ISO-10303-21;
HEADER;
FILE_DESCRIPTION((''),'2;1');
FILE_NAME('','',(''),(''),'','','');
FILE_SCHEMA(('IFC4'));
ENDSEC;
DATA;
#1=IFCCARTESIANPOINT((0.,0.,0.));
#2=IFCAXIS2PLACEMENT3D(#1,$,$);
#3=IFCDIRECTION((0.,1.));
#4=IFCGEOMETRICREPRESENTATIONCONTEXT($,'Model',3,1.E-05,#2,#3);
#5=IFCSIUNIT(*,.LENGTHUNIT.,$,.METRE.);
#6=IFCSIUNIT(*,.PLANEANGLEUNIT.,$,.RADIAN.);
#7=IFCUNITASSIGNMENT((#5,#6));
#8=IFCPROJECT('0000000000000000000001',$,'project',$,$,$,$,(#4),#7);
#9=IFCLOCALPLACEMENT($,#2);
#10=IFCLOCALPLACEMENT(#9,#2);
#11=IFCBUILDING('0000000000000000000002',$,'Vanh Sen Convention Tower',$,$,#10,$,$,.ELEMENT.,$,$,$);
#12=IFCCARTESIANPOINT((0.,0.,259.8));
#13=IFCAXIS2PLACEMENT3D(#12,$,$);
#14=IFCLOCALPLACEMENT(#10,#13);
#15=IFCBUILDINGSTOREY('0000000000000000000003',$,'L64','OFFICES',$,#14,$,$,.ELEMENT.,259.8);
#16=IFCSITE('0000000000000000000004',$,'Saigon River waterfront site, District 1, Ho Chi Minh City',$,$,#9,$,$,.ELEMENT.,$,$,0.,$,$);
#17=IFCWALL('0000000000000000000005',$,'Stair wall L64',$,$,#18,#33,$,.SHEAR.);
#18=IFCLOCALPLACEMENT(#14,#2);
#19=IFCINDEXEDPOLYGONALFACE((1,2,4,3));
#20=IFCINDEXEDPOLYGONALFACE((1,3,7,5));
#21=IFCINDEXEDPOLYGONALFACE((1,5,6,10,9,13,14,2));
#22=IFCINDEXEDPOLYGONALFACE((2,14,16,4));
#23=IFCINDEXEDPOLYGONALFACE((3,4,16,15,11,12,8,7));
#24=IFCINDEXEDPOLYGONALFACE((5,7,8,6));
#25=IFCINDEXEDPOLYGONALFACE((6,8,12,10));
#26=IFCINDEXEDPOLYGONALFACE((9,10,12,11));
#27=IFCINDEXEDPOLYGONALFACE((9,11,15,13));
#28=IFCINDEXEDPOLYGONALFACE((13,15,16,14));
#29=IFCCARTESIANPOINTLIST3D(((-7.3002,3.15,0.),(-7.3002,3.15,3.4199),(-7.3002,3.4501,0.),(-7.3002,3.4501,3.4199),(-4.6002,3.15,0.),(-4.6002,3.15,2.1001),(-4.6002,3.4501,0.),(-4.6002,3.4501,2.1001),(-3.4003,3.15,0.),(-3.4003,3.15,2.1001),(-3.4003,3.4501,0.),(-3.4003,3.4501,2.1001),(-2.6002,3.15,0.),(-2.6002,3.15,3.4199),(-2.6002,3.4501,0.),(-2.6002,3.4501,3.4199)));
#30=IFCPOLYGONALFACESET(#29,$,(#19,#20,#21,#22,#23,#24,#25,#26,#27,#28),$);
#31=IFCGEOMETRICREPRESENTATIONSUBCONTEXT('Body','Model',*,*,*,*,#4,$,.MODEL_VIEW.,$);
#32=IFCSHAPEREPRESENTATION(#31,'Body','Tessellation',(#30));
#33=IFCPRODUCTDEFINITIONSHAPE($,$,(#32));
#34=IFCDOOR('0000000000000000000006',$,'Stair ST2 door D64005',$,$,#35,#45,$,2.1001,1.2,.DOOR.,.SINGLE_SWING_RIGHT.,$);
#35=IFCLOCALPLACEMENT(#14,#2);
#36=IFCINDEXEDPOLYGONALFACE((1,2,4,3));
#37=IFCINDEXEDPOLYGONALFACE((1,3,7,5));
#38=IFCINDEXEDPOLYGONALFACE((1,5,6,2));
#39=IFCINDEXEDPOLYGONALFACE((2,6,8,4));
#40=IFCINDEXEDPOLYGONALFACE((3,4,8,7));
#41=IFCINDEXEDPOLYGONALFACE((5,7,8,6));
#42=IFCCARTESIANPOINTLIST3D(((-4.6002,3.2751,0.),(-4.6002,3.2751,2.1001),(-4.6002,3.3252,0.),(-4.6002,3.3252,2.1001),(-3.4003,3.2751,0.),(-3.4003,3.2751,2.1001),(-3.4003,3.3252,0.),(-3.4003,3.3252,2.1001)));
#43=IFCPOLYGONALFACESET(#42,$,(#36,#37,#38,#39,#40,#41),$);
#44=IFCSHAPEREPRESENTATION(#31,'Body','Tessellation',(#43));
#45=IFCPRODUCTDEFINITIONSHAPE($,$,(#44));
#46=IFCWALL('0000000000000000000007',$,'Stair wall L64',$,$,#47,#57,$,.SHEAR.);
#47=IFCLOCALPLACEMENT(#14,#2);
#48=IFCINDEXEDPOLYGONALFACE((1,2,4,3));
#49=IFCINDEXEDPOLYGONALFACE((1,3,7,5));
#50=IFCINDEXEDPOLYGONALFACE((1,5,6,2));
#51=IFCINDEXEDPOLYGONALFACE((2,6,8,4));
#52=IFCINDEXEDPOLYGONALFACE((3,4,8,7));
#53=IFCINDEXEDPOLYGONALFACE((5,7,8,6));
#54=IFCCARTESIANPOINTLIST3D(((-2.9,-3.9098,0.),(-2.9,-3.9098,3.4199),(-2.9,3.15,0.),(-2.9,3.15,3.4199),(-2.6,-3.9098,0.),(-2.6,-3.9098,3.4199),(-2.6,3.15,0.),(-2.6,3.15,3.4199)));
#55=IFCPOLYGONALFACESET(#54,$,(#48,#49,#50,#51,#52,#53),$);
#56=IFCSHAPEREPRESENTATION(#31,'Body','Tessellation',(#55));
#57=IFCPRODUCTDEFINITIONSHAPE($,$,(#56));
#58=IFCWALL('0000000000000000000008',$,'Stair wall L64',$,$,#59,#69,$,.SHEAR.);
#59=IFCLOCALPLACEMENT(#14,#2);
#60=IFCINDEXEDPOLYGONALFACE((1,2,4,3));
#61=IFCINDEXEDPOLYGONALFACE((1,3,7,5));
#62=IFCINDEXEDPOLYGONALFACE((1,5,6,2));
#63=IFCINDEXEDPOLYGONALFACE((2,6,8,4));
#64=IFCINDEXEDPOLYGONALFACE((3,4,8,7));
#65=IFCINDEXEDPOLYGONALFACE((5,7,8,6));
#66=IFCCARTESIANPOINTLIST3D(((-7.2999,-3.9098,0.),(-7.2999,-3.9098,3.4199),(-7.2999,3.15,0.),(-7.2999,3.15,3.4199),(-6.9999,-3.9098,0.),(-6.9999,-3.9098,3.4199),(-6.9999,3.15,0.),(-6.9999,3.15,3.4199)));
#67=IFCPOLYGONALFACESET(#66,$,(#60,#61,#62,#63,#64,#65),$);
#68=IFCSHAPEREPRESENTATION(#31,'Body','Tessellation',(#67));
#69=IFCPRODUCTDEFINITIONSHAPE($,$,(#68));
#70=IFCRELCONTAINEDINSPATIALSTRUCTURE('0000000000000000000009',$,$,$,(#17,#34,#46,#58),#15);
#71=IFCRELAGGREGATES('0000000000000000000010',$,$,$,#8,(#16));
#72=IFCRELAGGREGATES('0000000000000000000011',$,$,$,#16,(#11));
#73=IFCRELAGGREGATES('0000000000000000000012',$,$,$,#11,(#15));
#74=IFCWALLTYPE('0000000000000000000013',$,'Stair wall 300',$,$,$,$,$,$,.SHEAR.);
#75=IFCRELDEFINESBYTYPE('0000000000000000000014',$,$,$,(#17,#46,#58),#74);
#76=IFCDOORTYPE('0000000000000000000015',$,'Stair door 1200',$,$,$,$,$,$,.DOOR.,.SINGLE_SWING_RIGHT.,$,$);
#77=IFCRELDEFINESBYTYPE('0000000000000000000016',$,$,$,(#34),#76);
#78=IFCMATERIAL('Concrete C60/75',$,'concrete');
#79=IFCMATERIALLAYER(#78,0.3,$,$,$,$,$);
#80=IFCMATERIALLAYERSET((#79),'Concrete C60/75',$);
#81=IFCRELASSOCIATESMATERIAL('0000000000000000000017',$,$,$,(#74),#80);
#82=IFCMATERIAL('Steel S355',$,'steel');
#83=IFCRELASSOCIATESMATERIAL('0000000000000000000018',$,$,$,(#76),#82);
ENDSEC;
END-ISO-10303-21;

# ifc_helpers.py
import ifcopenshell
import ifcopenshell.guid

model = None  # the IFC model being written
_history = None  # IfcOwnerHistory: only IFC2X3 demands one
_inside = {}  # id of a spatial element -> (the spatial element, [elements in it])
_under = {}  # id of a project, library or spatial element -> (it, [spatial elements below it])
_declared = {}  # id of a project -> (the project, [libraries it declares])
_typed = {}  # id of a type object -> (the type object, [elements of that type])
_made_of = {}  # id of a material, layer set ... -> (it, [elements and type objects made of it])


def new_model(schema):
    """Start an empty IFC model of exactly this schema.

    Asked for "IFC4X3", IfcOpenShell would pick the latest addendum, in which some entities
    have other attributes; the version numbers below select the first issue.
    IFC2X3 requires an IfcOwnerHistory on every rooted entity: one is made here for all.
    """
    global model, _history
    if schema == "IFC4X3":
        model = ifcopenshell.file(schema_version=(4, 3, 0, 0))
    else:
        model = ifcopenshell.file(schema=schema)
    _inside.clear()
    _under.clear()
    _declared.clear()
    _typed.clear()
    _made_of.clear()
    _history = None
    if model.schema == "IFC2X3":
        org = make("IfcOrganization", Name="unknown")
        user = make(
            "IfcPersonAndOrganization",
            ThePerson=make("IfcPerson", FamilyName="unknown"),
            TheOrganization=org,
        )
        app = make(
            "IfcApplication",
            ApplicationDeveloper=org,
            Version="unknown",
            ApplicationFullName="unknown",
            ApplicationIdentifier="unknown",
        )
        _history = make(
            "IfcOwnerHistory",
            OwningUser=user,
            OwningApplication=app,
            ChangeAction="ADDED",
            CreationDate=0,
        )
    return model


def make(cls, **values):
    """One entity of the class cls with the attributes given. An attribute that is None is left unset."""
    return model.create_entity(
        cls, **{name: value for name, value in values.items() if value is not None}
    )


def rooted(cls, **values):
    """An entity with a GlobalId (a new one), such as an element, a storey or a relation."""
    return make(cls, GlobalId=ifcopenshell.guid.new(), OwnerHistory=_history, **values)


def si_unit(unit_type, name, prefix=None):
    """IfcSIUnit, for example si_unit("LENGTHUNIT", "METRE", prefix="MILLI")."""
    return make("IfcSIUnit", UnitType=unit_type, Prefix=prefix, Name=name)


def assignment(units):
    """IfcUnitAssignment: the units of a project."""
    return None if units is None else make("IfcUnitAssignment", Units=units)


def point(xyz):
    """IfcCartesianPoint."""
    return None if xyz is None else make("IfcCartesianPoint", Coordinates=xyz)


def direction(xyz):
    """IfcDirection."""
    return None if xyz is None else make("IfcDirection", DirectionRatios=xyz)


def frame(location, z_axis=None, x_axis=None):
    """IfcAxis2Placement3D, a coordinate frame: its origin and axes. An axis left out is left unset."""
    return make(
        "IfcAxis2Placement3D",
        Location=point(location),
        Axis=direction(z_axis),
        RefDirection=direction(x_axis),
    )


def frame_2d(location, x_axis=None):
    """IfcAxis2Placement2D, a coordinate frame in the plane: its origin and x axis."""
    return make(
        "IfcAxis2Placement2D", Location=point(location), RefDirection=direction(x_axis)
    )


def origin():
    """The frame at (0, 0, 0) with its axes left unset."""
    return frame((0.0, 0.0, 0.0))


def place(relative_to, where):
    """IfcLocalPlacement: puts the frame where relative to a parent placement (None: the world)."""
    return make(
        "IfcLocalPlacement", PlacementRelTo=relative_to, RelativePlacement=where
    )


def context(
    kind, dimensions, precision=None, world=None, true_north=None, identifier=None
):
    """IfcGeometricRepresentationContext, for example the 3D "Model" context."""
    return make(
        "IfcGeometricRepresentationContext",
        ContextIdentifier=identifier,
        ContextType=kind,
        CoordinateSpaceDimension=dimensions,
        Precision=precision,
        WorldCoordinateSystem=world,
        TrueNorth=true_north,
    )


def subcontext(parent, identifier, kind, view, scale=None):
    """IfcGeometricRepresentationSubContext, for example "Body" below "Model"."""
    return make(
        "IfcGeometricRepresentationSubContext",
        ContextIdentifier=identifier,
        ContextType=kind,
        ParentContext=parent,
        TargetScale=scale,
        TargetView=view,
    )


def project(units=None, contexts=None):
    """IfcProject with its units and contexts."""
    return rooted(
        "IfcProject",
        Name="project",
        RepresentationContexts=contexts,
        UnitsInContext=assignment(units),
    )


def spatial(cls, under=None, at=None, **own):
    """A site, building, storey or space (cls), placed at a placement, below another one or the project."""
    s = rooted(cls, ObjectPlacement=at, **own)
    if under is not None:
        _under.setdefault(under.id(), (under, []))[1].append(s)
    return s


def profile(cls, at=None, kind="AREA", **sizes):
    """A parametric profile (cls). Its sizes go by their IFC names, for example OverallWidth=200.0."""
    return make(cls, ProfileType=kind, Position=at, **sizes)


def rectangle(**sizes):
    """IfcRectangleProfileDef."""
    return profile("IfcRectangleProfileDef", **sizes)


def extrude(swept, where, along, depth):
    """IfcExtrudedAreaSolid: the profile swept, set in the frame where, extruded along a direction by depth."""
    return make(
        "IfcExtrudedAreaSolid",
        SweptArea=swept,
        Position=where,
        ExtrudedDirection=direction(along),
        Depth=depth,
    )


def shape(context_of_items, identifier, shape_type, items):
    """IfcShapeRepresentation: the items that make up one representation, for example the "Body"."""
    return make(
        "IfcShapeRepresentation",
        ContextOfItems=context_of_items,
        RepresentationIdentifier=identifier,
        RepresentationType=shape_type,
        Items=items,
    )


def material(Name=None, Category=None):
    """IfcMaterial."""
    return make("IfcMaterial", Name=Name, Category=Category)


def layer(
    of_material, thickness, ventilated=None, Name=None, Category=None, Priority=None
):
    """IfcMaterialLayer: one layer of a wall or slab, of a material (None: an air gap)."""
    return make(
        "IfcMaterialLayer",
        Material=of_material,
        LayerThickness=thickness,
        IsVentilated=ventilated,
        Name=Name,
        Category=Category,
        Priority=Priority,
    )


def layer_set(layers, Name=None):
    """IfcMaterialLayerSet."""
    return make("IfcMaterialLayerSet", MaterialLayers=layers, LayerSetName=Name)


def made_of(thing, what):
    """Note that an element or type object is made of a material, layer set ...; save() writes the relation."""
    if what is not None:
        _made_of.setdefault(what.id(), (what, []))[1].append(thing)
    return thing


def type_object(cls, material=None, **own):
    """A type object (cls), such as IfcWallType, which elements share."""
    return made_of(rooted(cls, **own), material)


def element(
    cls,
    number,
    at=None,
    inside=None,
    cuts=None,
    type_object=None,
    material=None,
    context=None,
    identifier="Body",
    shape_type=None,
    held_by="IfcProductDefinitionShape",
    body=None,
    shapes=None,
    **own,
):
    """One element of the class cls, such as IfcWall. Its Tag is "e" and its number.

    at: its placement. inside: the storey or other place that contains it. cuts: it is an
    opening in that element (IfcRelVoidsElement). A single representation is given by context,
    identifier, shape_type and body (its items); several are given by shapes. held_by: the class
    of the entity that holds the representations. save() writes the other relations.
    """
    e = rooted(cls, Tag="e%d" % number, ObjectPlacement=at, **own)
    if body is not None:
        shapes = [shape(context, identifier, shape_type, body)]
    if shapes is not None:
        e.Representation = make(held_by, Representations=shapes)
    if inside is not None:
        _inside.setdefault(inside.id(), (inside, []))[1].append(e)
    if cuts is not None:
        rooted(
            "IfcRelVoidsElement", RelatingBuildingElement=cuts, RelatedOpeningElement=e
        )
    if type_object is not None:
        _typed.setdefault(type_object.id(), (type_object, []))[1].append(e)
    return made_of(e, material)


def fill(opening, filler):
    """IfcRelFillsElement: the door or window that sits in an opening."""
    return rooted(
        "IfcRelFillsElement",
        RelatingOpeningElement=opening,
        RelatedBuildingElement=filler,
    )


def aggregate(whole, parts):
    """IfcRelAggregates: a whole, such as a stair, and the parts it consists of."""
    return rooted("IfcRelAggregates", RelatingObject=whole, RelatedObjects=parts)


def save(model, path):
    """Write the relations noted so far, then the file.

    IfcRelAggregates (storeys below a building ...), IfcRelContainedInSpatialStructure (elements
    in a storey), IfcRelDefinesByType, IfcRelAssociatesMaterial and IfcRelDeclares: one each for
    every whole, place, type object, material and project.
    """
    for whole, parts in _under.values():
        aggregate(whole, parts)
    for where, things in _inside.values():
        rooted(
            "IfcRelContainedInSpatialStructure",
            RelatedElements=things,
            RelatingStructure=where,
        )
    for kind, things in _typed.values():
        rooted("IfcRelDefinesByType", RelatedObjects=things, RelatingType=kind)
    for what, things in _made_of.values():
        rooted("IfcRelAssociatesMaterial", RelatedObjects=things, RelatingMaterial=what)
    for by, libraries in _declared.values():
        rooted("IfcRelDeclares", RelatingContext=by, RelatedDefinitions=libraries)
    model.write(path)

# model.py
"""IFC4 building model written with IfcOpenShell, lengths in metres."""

from ifc_helpers import new_model, si_unit, direction, frame, frame_2d, origin, place, context, subcontext, project, spatial, rectangle, extrude, material, layer, layer_set, type_object, element, fill, save


model = new_model("IFC4")

# Units and contexts
model_context = context("Model", 3, precision=1e-05, world=origin(), true_north=direction((0.0, 1.0)))
body_context = subcontext(model_context, "Body", "Model", "MODEL_VIEW")
ifc_project = project(units=[si_unit("LENGTHUNIT", "METRE"), si_unit("PLANEANGLEUNIT", "RADIAN")], contexts=[model_context])

# Site, building, storey
site_placement = place(None, origin())
site = spatial("IfcSite", under=ifc_project, at=site_placement, Name="Saigon River waterfront site, District 1, Ho Chi Minh City", CompositionType="ELEMENT", RefElevation=0.0)
building_placement = place(site_placement, origin())
building = spatial("IfcBuilding", under=site, at=building_placement, Name="Vanh Sen Convention Tower", CompositionType="ELEMENT")
storey_placement = place(building_placement, frame((0.0, 0.0, 259.8)))
storey = spatial("IfcBuildingStorey", under=building, at=storey_placement, Name="L64", Description="OFFICES", CompositionType="ELEMENT", Elevation=259.8)

# Shared definitions
ifc_material_1 = material(Name="Concrete C60/75", Category="concrete")

# Shared definitions
ifc_material_2 = material(Name="Steel S355", Category="steel")

# Shared definitions
ifc_layer_1 = layer(ifc_material_1, 0.3)
ifc_layer_set_1 = layer_set([ifc_layer_1], Name="Concrete C60/75")
wall_type_1 = type_object("IfcWallType", Name="Stair wall 300", PredefinedType="SHEAR", material=ifc_layer_set_1)

# Wall, opening, door
wall_1_placement = place(storey_placement, frame((-2.6001, 3.3, 0.0), z_axis=(0.0, 0.0, 1.0), x_axis=(-1.0, 0.0, 0.0)))
wall_1 = element("IfcWall", 1, at=wall_1_placement, inside=storey, type_object=wall_type_1, Name="Stair wall L64", PredefinedType="SHEAR", context=body_context, shape_type="SweptSolid", body=[
    extrude(rectangle(XDim=4.7, YDim=0.3, at=frame_2d((2.3501, 0.0))), origin(), (0.0, 0.0, 1.0), 3.4199),
])
opening_1_placement = place(wall_1_placement, frame((0.8, 0.0, 0.0)))
opening_1 = element("IfcOpeningElement", 2, at=opening_1_placement, cuts=wall_1, PredefinedType="OPENING", context=body_context, shape_type="SweptSolid", body=[
    extrude(rectangle(XDim=1.2, YDim=2.1001, at=frame_2d((0.6001, 1.05))), frame((0.0, 0.1599, 0.0), z_axis=(0.0, -1.0, 0.0), x_axis=(1.0, 0.0, 0.0)), (0.0, 0.0, 1.0), 0.3201),
])
door_type_1 = type_object("IfcDoorType", Name="Stair door 1200", OperationType="SINGLE_SWING_RIGHT", PredefinedType="DOOR", material=ifc_material_2)
door_1_placement = place(opening_1_placement, origin())
door_1 = element("IfcDoor", 3, at=door_1_placement, inside=storey, type_object=door_type_1, Name="Stair ST2 door D64005", OperationType="SINGLE_SWING_RIGHT", OverallHeight=2.1001, OverallWidth=1.2, PredefinedType="DOOR", context=body_context, shape_type="SweptSolid", body=[
    extrude(rectangle(XDim=1.2, YDim=2.1001, at=frame_2d((0.6001, 1.05))), frame((0.0, 0.0249, 0.0), z_axis=(0.0, -1.0, 0.0), x_axis=(1.0, 0.0, 0.0)), (0.0, 0.0, 1.0), 0.05),
])
fill(opening_1, door_1)

# Walls
for number, where, z_axis, x_axis, name in (
    (4, (-2.75, 3.1499, 0.0), (0.0, 0.0, 1.0), (0.0, -1.0, 0.0), "Stair wall L64"),
    (5, (-7.1499, 3.1499, 0.0), (0.0, 0.0, 1.0), (0.0, -1.0, 0.0), "Stair wall L64"),
):
    element("IfcWall", number, at=place(storey_placement, frame(where, z_axis=z_axis, x_axis=x_axis)), inside=storey, type_object=wall_type_1, Name=name, PredefinedType="SHEAR", context=body_context, shape_type="SweptSolid", body=[
        extrude(rectangle(XDim=7.0598, YDim=0.3, at=frame_2d((3.5298, 0.0))), origin(), (0.0, 0.0, 1.0), 3.4199),
    ])

save(model, "model.ifc")
